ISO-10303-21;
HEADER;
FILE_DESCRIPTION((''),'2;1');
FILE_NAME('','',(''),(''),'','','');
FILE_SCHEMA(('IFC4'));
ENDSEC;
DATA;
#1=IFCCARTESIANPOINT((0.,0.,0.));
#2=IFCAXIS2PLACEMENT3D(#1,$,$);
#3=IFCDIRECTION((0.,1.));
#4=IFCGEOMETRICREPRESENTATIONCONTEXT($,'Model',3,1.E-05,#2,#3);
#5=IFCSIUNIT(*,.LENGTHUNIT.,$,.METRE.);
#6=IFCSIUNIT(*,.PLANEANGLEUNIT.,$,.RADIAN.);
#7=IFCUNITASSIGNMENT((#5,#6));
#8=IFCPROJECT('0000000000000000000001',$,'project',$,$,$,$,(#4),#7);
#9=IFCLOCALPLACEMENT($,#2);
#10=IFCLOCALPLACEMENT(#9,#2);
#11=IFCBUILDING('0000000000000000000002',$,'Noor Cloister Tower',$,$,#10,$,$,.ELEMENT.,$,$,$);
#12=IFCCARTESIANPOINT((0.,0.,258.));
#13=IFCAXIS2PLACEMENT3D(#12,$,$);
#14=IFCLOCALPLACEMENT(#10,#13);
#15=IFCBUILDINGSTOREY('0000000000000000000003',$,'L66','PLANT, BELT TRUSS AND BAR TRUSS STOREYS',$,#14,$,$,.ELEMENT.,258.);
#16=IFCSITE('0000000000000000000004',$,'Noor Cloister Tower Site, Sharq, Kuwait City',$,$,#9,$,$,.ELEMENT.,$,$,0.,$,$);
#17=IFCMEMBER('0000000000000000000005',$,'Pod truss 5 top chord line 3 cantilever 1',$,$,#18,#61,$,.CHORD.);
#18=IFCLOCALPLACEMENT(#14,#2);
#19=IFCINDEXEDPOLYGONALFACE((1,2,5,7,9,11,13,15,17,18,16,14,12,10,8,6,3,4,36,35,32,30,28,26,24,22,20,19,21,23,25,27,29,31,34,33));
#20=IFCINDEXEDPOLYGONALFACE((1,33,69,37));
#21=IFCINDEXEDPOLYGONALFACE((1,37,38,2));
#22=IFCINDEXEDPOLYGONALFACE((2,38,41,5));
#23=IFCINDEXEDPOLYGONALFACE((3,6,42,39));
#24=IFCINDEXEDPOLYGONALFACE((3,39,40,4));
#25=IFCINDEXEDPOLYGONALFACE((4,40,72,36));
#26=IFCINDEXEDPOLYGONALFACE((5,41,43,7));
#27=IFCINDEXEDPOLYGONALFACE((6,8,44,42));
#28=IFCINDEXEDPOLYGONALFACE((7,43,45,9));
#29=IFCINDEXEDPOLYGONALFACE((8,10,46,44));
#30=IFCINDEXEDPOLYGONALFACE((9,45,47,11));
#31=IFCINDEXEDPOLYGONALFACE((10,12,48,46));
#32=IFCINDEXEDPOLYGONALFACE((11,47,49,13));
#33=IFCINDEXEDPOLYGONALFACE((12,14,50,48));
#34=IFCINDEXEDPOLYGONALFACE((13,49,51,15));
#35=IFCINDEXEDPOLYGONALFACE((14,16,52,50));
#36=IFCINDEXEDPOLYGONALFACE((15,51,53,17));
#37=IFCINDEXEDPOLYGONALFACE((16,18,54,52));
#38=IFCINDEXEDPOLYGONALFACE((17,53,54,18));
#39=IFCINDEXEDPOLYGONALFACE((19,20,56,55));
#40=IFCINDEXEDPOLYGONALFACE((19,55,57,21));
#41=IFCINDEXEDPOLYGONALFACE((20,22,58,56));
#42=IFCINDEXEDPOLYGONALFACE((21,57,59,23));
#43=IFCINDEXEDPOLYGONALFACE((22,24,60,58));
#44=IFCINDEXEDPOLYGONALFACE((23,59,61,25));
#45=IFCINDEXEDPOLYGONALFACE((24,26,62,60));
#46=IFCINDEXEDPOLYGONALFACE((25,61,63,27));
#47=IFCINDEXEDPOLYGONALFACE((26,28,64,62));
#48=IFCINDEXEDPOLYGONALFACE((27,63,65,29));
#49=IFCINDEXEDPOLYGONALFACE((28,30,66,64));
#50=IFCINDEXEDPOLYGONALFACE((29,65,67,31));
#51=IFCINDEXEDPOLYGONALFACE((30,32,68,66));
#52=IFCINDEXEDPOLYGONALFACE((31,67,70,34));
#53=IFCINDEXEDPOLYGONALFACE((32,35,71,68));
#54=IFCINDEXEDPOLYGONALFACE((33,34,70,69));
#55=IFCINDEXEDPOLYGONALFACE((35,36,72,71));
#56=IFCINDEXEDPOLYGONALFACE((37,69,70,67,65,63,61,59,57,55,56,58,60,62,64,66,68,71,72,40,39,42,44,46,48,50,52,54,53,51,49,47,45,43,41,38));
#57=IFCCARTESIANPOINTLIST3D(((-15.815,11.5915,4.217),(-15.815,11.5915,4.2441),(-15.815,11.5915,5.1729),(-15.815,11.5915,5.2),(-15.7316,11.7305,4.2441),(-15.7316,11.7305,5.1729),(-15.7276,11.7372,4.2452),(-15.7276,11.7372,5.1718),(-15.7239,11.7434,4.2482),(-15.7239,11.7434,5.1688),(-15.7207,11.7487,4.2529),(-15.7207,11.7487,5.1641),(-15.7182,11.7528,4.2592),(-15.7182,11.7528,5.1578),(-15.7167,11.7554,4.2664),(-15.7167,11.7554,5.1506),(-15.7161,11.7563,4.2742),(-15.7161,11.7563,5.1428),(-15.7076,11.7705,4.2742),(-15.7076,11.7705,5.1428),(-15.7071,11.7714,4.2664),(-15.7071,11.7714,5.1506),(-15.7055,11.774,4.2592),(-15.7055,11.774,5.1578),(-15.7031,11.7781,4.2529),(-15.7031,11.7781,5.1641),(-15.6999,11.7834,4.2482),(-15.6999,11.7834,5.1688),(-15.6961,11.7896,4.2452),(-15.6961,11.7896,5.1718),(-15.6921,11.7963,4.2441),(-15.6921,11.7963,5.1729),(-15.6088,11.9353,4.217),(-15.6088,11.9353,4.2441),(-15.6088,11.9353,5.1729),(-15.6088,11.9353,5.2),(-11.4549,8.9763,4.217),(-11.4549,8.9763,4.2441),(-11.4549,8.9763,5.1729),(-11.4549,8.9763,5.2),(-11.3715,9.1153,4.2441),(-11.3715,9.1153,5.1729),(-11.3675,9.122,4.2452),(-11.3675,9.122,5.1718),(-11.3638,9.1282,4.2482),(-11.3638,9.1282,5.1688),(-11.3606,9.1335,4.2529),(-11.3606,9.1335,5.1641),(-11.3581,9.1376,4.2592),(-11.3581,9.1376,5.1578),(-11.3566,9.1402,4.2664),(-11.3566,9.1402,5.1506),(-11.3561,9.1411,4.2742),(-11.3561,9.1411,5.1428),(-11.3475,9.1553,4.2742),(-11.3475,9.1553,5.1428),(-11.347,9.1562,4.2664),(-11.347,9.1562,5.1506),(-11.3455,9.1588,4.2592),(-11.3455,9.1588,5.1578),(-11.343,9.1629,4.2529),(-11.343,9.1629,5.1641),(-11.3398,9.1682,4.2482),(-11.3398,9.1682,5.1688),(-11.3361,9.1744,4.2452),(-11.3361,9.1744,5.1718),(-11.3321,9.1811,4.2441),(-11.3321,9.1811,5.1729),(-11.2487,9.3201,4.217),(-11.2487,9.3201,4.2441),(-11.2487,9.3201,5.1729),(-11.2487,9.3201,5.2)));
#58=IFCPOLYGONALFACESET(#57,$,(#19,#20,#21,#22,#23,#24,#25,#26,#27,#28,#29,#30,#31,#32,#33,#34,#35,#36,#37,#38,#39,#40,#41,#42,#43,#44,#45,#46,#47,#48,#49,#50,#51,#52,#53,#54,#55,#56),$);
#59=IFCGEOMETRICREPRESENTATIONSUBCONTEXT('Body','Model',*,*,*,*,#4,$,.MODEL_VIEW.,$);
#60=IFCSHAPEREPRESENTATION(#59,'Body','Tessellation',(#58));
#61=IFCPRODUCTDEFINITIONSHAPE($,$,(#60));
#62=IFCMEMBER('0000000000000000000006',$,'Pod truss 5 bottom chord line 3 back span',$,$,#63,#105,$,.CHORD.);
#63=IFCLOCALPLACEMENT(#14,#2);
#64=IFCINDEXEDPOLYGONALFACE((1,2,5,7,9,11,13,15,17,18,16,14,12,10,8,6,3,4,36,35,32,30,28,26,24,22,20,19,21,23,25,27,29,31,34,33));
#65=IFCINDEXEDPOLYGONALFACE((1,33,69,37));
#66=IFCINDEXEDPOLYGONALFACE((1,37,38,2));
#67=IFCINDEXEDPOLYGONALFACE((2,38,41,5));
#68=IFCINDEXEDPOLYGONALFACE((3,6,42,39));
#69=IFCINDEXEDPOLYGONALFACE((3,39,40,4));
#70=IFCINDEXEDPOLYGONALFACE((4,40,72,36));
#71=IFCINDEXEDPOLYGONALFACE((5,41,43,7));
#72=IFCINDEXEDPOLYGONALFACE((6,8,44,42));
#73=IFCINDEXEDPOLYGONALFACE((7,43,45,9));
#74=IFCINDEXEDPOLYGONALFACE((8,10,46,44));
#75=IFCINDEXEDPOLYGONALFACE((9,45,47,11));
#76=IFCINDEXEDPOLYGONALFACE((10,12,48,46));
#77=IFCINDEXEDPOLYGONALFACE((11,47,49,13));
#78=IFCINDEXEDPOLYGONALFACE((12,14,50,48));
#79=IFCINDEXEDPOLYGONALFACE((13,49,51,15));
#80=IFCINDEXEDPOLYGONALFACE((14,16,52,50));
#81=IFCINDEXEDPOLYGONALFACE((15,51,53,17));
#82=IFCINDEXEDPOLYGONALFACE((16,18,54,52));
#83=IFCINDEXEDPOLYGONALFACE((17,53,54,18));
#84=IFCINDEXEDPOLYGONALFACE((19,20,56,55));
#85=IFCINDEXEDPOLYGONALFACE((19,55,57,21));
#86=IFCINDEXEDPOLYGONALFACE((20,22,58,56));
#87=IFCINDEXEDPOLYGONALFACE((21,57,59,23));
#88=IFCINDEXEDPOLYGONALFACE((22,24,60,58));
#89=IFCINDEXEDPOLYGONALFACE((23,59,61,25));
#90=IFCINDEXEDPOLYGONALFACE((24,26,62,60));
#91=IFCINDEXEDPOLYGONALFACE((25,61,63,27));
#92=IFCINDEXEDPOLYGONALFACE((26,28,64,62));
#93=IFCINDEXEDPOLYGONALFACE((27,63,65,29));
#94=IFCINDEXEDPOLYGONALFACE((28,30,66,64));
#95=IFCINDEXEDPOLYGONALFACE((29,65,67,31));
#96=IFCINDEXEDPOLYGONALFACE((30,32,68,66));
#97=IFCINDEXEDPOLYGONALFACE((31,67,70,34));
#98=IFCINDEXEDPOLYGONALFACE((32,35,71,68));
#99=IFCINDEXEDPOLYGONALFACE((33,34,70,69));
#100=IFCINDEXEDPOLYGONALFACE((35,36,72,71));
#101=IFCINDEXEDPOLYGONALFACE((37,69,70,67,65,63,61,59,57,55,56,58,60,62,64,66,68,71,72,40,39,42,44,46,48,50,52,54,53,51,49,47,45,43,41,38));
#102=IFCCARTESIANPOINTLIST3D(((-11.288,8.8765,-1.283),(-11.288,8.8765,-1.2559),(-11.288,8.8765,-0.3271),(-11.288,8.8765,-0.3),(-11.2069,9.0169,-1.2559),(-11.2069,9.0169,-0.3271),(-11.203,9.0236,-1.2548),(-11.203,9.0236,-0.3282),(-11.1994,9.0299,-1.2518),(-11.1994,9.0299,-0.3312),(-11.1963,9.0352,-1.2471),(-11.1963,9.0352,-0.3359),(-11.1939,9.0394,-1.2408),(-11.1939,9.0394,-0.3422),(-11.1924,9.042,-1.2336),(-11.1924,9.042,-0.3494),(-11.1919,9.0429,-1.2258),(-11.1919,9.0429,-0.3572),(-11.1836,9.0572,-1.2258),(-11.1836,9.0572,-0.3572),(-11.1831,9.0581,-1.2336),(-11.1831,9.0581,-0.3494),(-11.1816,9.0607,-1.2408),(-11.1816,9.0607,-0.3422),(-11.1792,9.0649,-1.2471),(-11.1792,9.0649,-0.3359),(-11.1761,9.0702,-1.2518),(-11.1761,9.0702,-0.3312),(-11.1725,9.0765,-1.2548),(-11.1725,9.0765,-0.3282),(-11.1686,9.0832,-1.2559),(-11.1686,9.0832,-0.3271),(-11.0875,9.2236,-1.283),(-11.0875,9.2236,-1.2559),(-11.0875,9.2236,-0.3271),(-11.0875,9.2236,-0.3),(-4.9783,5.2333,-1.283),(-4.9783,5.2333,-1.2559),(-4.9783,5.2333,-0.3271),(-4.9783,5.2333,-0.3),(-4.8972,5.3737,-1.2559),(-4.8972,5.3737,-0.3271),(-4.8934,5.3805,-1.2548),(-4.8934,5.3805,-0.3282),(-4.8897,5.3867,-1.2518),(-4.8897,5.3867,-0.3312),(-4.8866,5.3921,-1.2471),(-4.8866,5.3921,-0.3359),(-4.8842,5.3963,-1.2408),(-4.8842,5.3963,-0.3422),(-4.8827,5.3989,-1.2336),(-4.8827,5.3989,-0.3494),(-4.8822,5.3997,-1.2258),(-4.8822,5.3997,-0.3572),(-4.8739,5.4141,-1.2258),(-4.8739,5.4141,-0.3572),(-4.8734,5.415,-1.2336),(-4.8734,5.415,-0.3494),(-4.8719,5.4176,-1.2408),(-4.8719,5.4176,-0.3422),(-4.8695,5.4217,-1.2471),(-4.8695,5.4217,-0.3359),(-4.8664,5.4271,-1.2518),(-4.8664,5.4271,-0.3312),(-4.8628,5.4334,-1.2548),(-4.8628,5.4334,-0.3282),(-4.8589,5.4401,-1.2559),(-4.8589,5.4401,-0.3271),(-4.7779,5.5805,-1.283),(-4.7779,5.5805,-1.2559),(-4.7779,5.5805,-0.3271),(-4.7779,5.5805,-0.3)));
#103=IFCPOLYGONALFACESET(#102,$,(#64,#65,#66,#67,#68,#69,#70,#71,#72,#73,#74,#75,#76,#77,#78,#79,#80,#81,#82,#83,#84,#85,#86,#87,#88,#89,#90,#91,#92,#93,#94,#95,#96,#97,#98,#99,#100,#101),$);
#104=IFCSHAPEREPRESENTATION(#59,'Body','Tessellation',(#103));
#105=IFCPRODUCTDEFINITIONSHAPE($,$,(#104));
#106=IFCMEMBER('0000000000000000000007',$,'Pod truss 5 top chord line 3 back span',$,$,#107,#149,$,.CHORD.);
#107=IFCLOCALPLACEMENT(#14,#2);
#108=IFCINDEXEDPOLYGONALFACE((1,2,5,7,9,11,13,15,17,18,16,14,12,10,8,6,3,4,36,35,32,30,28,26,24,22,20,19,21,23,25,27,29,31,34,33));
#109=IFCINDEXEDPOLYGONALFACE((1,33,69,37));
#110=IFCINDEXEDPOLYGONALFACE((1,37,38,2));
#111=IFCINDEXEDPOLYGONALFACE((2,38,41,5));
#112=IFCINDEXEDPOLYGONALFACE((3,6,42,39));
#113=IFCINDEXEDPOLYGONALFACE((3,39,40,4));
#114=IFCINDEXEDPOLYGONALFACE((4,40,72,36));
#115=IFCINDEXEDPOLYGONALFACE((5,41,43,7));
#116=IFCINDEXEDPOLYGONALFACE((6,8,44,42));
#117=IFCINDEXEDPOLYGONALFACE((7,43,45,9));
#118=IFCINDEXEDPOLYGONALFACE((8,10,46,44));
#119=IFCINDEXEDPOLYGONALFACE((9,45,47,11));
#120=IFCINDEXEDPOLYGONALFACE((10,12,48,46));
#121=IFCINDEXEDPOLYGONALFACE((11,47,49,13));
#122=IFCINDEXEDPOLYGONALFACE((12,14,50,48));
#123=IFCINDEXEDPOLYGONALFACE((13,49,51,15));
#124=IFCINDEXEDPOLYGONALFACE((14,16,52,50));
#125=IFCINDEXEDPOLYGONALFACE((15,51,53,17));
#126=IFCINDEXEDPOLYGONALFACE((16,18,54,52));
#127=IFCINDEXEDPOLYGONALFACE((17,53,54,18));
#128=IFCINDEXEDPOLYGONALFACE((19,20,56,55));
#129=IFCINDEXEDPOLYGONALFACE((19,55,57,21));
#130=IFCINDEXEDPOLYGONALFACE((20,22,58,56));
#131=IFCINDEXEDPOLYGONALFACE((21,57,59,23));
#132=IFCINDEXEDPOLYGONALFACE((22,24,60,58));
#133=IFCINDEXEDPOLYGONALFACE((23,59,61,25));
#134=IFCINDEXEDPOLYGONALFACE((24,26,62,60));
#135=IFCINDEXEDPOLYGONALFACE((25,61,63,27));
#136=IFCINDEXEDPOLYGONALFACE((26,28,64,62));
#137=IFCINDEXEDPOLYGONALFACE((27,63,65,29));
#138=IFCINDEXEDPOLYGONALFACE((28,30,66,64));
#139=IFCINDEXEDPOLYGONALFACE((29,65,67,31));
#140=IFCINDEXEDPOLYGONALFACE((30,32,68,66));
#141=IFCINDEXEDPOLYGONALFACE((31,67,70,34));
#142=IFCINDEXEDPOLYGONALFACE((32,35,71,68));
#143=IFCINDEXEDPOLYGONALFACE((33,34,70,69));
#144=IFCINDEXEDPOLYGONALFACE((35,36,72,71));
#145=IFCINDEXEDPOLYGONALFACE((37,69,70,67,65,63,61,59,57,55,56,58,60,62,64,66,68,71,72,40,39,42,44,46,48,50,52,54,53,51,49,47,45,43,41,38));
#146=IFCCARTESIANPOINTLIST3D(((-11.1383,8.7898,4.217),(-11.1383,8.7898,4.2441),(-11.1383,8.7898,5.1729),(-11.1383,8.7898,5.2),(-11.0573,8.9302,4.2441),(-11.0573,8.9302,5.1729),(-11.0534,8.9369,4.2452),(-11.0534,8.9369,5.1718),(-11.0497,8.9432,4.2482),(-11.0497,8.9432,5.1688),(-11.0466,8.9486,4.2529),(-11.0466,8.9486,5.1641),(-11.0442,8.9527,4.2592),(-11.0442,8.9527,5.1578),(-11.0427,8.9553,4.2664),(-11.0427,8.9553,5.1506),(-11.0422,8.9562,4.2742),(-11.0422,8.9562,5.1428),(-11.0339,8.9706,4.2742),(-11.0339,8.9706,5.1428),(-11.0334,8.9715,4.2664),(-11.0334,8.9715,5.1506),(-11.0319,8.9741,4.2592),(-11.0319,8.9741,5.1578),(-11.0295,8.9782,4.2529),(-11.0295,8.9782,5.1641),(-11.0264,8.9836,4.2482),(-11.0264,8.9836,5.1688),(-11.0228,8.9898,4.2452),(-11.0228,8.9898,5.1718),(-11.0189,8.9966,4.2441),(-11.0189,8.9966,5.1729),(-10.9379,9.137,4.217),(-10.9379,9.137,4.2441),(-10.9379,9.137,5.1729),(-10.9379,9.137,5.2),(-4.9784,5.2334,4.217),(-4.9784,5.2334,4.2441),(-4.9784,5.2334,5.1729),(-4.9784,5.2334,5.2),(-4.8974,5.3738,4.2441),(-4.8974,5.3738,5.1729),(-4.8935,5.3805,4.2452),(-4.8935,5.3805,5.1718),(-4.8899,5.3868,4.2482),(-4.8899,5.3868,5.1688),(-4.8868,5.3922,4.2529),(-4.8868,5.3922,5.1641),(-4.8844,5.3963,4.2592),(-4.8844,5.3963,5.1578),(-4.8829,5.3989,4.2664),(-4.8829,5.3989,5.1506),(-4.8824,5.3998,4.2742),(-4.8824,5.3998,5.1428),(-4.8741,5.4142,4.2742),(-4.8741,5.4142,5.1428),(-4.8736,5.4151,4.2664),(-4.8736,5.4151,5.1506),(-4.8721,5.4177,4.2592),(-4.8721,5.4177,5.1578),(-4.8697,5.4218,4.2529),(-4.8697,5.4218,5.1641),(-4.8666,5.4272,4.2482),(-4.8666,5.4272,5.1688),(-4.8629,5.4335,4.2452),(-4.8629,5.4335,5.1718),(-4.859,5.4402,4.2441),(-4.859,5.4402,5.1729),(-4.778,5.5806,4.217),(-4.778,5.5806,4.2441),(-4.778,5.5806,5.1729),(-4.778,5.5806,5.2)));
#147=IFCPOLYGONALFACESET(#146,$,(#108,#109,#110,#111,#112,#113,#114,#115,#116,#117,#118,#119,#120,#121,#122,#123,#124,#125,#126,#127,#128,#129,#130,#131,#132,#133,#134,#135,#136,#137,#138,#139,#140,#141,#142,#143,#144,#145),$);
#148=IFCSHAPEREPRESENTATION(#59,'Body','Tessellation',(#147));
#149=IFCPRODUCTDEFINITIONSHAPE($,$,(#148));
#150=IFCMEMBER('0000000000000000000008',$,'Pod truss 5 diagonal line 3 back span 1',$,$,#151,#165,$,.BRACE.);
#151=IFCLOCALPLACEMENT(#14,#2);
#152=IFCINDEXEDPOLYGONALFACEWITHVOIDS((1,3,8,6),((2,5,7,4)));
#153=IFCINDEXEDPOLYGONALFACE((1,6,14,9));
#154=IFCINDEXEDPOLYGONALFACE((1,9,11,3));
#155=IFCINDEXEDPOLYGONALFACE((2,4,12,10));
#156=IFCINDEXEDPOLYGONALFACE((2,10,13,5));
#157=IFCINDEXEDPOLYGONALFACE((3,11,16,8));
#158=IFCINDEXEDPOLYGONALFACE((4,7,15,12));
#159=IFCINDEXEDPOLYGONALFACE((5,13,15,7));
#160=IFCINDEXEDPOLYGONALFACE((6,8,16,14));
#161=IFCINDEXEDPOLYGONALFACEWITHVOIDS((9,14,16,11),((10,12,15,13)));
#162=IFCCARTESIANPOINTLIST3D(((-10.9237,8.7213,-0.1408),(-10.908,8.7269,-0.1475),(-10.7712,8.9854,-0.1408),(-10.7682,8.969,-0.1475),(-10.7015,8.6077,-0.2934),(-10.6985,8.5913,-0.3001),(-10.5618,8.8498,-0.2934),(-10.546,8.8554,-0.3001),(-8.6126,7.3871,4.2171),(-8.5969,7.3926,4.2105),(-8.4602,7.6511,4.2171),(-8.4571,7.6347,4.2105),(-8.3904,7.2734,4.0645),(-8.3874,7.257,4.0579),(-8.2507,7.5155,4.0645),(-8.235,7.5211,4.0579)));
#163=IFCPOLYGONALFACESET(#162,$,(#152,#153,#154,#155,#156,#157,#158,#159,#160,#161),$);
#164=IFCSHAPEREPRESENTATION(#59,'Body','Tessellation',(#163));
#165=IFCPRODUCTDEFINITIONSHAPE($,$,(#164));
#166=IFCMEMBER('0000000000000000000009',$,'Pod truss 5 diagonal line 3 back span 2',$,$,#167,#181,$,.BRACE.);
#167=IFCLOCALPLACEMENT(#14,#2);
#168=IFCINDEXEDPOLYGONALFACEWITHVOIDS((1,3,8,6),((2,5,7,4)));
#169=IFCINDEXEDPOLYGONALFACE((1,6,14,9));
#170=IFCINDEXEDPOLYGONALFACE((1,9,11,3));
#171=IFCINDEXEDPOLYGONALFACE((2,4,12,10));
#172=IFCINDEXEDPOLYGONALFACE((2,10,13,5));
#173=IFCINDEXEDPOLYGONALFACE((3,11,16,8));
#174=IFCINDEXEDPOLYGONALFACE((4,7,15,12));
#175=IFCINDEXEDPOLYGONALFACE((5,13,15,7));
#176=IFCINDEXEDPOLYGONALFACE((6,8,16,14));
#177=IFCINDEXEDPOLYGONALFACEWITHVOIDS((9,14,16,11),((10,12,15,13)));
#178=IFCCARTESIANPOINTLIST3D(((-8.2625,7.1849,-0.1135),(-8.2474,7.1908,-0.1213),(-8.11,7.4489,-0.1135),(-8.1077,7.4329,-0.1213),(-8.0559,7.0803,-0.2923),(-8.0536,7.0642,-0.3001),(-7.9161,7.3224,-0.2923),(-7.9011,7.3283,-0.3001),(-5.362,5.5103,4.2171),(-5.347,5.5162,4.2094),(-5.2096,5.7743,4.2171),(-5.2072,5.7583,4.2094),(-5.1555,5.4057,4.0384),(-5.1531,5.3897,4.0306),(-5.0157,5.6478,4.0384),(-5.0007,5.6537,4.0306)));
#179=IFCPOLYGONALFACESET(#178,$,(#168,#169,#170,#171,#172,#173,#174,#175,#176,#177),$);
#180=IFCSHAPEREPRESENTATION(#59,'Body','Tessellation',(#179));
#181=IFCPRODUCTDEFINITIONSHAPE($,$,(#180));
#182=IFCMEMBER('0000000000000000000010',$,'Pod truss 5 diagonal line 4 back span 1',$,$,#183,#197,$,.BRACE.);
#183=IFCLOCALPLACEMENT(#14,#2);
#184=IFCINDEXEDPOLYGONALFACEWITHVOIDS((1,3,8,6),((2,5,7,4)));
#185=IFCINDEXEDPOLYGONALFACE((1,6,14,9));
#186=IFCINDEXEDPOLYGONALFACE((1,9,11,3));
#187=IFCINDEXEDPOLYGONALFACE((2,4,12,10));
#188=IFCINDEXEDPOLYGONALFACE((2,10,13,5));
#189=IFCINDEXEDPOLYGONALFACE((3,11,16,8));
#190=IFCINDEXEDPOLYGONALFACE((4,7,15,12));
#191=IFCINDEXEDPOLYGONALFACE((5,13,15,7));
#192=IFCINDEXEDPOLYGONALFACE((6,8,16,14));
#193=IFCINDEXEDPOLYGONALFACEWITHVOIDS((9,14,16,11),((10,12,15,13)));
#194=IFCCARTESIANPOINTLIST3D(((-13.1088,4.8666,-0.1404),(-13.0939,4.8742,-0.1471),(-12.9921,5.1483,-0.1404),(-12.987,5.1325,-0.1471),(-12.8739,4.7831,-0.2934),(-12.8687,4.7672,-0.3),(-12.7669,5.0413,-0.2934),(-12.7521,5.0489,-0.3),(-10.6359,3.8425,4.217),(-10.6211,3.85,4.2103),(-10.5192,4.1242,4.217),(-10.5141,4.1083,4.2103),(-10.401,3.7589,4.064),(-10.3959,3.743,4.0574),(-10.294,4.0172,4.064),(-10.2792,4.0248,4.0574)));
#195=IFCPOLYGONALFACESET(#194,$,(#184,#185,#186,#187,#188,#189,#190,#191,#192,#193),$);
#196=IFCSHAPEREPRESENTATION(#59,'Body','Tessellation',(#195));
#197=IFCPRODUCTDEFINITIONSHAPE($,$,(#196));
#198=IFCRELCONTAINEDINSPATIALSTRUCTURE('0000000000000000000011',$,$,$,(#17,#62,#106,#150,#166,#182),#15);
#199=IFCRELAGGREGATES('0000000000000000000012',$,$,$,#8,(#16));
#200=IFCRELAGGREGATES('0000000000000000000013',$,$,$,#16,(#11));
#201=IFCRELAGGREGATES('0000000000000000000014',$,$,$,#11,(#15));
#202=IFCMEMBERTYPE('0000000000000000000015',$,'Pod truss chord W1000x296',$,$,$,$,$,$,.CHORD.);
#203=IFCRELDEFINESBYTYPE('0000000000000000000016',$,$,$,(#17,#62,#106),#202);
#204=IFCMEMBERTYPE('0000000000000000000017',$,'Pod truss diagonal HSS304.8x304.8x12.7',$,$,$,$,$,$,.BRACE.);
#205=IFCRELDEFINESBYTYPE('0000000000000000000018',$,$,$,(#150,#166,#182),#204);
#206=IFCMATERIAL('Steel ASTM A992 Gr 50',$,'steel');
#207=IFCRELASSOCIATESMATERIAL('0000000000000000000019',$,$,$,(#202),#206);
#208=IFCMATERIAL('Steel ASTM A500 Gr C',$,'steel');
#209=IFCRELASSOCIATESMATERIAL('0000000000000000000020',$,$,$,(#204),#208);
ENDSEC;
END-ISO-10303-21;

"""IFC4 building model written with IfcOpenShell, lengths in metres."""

from ifc_helpers import new_model, si_unit, direction, frame, origin, origin_2d, place, context, subcontext, project, spatial, hollow_rectangle, i_section, extrude, material, material_profile, profile_set, type_object, element, save


model = new_model("IFC4")

# Units and contexts
model_context = context("Model", 3, precision=1e-05, world=origin(), true_north=direction((0.0, 1.0)))
body_context = subcontext(model_context, "Body", "Model", "MODEL_VIEW")
ifc_project = project(units=[si_unit("LENGTHUNIT", "METRE"), si_unit("PLANEANGLEUNIT", "RADIAN")], contexts=[model_context])

# Site, building, storey
site_placement = place(None, origin())
site = spatial("IfcSite", under=ifc_project, at=site_placement, Name="Noor Cloister Tower Site, Sharq, Kuwait City", CompositionType="ELEMENT", RefElevation=0.0)
building_placement = place(site_placement, origin())
building = spatial("IfcBuilding", under=site, at=building_placement, Name="Noor Cloister Tower", CompositionType="ELEMENT")
storey_placement = place(building_placement, frame((0.0, 0.0, 258.0)))
storey = spatial("IfcBuildingStorey", under=building, at=storey_placement, Name="L66", Description="PLANT, BELT TRUSS AND BAR TRUSS STOREYS", CompositionType="ELEMENT", Elevation=258.0)

# Members
ifc_material_1 = material(Name="Steel ASTM A992 Gr 50", Category="steel")
ifc_material_profile_1 = material_profile(ifc_material_1, i_section(OverallWidth=0.4009, OverallDepth=0.9829, WebThickness=0.0166, FlangeThickness=0.0271, FilletRadius=0.03, at=origin_2d()), Name="W1000x296")
ifc_profile_set_1 = profile_set([ifc_material_profile_1], Name="Steel ASTM A992 Gr 50")
member_type_1 = type_object("IfcMemberType", Name="Pod truss chord W1000x296", PredefinedType="CHORD", material=ifc_profile_set_1)
member_1_placement = place(storey_placement, frame((-11.3518, 9.1482, 4.7085), z_axis=(-0.857565, 0.514376, 0.0), x_axis=(-0.514376, -0.857565, 0.0)))
element("IfcMember", 1, at=member_1_placement, inside=storey, type_object=member_type_1, Name="Pod truss 5 top chord line 3 cantilever 1", PredefinedType="CHORD", context=body_context, shape_type="SweptSolid", body=[
    extrude(i_section(OverallWidth=0.4009, OverallDepth=0.9829, WebThickness=0.0166, FlangeThickness=0.0271, FilletRadius=0.03, at=origin_2d()), origin(), (0.0, 0.0, 1.0), 5.0842),
])
member_2_placement = place(storey_placement, frame((-11.1877, 9.05, -0.7915), z_axis=(0.866011, -0.500024, 0.0), x_axis=(0.500024, 0.866011, 0.0)))
element("IfcMember", 2, at=member_2_placement, inside=storey, type_object=member_type_1, Name="Pod truss 5 bottom chord line 3 back span", PredefinedType="CHORD", context=body_context, shape_type="SweptSolid", body=[
    extrude(i_section(OverallWidth=0.4009, OverallDepth=0.9829, WebThickness=0.0166, FlangeThickness=0.0271, FilletRadius=0.03, at=origin_2d()), origin(), (0.0, 0.0, 1.0), 7.2859),
])
member_3_placement = place(storey_placement, frame((-11.0381, 8.9634, 4.7085), z_axis=(0.866027, -0.499997, 0.0), x_axis=(0.499997, 0.866027, 0.0)))
element("IfcMember", 3, at=member_3_placement, inside=storey, type_object=member_type_1, Name="Pod truss 5 top chord line 3 back span", PredefinedType="CHORD", context=body_context, shape_type="SweptSolid", body=[
    extrude(i_section(OverallWidth=0.4009, OverallDepth=0.9829, WebThickness=0.0166, FlangeThickness=0.0271, FilletRadius=0.03, at=origin_2d()), origin(), (0.0, 0.0, 1.0), 7.1128),
])
ifc_material_2 = material(Name="Steel ASTM A500 Gr C", Category="steel")
ifc_material_profile_2 = material_profile(ifc_material_2, hollow_rectangle(XDim=0.3049, YDim=0.3049, WallThickness=0.0127, at=origin_2d()), Name="HSS304.8x304.8x12.7")
ifc_profile_set_2 = profile_set([ifc_material_profile_2], Name="Steel ASTM A500 Gr C")
member_type_2 = type_object("IfcMemberType", Name="Pod truss diagonal HSS304.8x304.8x12.7", PredefinedType="BRACE", material=ifc_profile_set_2)
member_4_placement = place(storey_placement, frame((-10.7349, 8.7883, -0.2205), z_axis=(0.452255, -0.2611, 0.852815), x_axis=(0.499986, 0.866033, 0.0)))
element("IfcMember", 4, at=member_4_placement, inside=storey, type_object=member_type_2, Name="Pod truss 5 diagonal line 3 back span 1", PredefinedType="BRACE", context=body_context, shape_type="SweptSolid", body=[
    extrude(hollow_rectangle(XDim=0.3049, YDim=0.3049, WallThickness=0.0127, at=origin_2d()), origin(), (0.0, 0.0, 1.0), 5.1101),
])
member_5_placement = place(storey_placement, frame((-8.0818, 7.2566, -0.2068), z_axis=(0.529799, -0.305883, 0.791042), x_axis=(0.500004, 0.866023, 0.0)))
element("IfcMember", 5, at=member_5_placement, inside=storey, type_object=member_type_2, Name="Pod truss 5 diagonal line 3 back span 2", PredefinedType="BRACE", context=body_context, shape_type="SweptSolid", body=[
    extrude(hollow_rectangle(XDim=0.3049, YDim=0.3049, WallThickness=0.0127, at=origin_2d()), origin(), (0.0, 0.0, 1.0), 5.4746),
])
member_6_placement = place(storey_placement, frame((-12.9304, 4.9578, -0.2202), z_axis=(0.483571, -0.200274, 0.852085), x_axis=(0.382639, 0.923898, 0.0)))
element("IfcMember", 6, at=member_6_placement, inside=storey, type_object=member_type_2, Name="Pod truss 5 diagonal line 4 back span 1", PredefinedType="BRACE", context=body_context, shape_type="SweptSolid", body=[
    extrude(hollow_rectangle(XDim=0.3049, YDim=0.3049, WallThickness=0.0127, at=origin_2d()), origin(), (0.0, 0.0, 1.0), 5.1138),
])

save(model, "model.ifc")
